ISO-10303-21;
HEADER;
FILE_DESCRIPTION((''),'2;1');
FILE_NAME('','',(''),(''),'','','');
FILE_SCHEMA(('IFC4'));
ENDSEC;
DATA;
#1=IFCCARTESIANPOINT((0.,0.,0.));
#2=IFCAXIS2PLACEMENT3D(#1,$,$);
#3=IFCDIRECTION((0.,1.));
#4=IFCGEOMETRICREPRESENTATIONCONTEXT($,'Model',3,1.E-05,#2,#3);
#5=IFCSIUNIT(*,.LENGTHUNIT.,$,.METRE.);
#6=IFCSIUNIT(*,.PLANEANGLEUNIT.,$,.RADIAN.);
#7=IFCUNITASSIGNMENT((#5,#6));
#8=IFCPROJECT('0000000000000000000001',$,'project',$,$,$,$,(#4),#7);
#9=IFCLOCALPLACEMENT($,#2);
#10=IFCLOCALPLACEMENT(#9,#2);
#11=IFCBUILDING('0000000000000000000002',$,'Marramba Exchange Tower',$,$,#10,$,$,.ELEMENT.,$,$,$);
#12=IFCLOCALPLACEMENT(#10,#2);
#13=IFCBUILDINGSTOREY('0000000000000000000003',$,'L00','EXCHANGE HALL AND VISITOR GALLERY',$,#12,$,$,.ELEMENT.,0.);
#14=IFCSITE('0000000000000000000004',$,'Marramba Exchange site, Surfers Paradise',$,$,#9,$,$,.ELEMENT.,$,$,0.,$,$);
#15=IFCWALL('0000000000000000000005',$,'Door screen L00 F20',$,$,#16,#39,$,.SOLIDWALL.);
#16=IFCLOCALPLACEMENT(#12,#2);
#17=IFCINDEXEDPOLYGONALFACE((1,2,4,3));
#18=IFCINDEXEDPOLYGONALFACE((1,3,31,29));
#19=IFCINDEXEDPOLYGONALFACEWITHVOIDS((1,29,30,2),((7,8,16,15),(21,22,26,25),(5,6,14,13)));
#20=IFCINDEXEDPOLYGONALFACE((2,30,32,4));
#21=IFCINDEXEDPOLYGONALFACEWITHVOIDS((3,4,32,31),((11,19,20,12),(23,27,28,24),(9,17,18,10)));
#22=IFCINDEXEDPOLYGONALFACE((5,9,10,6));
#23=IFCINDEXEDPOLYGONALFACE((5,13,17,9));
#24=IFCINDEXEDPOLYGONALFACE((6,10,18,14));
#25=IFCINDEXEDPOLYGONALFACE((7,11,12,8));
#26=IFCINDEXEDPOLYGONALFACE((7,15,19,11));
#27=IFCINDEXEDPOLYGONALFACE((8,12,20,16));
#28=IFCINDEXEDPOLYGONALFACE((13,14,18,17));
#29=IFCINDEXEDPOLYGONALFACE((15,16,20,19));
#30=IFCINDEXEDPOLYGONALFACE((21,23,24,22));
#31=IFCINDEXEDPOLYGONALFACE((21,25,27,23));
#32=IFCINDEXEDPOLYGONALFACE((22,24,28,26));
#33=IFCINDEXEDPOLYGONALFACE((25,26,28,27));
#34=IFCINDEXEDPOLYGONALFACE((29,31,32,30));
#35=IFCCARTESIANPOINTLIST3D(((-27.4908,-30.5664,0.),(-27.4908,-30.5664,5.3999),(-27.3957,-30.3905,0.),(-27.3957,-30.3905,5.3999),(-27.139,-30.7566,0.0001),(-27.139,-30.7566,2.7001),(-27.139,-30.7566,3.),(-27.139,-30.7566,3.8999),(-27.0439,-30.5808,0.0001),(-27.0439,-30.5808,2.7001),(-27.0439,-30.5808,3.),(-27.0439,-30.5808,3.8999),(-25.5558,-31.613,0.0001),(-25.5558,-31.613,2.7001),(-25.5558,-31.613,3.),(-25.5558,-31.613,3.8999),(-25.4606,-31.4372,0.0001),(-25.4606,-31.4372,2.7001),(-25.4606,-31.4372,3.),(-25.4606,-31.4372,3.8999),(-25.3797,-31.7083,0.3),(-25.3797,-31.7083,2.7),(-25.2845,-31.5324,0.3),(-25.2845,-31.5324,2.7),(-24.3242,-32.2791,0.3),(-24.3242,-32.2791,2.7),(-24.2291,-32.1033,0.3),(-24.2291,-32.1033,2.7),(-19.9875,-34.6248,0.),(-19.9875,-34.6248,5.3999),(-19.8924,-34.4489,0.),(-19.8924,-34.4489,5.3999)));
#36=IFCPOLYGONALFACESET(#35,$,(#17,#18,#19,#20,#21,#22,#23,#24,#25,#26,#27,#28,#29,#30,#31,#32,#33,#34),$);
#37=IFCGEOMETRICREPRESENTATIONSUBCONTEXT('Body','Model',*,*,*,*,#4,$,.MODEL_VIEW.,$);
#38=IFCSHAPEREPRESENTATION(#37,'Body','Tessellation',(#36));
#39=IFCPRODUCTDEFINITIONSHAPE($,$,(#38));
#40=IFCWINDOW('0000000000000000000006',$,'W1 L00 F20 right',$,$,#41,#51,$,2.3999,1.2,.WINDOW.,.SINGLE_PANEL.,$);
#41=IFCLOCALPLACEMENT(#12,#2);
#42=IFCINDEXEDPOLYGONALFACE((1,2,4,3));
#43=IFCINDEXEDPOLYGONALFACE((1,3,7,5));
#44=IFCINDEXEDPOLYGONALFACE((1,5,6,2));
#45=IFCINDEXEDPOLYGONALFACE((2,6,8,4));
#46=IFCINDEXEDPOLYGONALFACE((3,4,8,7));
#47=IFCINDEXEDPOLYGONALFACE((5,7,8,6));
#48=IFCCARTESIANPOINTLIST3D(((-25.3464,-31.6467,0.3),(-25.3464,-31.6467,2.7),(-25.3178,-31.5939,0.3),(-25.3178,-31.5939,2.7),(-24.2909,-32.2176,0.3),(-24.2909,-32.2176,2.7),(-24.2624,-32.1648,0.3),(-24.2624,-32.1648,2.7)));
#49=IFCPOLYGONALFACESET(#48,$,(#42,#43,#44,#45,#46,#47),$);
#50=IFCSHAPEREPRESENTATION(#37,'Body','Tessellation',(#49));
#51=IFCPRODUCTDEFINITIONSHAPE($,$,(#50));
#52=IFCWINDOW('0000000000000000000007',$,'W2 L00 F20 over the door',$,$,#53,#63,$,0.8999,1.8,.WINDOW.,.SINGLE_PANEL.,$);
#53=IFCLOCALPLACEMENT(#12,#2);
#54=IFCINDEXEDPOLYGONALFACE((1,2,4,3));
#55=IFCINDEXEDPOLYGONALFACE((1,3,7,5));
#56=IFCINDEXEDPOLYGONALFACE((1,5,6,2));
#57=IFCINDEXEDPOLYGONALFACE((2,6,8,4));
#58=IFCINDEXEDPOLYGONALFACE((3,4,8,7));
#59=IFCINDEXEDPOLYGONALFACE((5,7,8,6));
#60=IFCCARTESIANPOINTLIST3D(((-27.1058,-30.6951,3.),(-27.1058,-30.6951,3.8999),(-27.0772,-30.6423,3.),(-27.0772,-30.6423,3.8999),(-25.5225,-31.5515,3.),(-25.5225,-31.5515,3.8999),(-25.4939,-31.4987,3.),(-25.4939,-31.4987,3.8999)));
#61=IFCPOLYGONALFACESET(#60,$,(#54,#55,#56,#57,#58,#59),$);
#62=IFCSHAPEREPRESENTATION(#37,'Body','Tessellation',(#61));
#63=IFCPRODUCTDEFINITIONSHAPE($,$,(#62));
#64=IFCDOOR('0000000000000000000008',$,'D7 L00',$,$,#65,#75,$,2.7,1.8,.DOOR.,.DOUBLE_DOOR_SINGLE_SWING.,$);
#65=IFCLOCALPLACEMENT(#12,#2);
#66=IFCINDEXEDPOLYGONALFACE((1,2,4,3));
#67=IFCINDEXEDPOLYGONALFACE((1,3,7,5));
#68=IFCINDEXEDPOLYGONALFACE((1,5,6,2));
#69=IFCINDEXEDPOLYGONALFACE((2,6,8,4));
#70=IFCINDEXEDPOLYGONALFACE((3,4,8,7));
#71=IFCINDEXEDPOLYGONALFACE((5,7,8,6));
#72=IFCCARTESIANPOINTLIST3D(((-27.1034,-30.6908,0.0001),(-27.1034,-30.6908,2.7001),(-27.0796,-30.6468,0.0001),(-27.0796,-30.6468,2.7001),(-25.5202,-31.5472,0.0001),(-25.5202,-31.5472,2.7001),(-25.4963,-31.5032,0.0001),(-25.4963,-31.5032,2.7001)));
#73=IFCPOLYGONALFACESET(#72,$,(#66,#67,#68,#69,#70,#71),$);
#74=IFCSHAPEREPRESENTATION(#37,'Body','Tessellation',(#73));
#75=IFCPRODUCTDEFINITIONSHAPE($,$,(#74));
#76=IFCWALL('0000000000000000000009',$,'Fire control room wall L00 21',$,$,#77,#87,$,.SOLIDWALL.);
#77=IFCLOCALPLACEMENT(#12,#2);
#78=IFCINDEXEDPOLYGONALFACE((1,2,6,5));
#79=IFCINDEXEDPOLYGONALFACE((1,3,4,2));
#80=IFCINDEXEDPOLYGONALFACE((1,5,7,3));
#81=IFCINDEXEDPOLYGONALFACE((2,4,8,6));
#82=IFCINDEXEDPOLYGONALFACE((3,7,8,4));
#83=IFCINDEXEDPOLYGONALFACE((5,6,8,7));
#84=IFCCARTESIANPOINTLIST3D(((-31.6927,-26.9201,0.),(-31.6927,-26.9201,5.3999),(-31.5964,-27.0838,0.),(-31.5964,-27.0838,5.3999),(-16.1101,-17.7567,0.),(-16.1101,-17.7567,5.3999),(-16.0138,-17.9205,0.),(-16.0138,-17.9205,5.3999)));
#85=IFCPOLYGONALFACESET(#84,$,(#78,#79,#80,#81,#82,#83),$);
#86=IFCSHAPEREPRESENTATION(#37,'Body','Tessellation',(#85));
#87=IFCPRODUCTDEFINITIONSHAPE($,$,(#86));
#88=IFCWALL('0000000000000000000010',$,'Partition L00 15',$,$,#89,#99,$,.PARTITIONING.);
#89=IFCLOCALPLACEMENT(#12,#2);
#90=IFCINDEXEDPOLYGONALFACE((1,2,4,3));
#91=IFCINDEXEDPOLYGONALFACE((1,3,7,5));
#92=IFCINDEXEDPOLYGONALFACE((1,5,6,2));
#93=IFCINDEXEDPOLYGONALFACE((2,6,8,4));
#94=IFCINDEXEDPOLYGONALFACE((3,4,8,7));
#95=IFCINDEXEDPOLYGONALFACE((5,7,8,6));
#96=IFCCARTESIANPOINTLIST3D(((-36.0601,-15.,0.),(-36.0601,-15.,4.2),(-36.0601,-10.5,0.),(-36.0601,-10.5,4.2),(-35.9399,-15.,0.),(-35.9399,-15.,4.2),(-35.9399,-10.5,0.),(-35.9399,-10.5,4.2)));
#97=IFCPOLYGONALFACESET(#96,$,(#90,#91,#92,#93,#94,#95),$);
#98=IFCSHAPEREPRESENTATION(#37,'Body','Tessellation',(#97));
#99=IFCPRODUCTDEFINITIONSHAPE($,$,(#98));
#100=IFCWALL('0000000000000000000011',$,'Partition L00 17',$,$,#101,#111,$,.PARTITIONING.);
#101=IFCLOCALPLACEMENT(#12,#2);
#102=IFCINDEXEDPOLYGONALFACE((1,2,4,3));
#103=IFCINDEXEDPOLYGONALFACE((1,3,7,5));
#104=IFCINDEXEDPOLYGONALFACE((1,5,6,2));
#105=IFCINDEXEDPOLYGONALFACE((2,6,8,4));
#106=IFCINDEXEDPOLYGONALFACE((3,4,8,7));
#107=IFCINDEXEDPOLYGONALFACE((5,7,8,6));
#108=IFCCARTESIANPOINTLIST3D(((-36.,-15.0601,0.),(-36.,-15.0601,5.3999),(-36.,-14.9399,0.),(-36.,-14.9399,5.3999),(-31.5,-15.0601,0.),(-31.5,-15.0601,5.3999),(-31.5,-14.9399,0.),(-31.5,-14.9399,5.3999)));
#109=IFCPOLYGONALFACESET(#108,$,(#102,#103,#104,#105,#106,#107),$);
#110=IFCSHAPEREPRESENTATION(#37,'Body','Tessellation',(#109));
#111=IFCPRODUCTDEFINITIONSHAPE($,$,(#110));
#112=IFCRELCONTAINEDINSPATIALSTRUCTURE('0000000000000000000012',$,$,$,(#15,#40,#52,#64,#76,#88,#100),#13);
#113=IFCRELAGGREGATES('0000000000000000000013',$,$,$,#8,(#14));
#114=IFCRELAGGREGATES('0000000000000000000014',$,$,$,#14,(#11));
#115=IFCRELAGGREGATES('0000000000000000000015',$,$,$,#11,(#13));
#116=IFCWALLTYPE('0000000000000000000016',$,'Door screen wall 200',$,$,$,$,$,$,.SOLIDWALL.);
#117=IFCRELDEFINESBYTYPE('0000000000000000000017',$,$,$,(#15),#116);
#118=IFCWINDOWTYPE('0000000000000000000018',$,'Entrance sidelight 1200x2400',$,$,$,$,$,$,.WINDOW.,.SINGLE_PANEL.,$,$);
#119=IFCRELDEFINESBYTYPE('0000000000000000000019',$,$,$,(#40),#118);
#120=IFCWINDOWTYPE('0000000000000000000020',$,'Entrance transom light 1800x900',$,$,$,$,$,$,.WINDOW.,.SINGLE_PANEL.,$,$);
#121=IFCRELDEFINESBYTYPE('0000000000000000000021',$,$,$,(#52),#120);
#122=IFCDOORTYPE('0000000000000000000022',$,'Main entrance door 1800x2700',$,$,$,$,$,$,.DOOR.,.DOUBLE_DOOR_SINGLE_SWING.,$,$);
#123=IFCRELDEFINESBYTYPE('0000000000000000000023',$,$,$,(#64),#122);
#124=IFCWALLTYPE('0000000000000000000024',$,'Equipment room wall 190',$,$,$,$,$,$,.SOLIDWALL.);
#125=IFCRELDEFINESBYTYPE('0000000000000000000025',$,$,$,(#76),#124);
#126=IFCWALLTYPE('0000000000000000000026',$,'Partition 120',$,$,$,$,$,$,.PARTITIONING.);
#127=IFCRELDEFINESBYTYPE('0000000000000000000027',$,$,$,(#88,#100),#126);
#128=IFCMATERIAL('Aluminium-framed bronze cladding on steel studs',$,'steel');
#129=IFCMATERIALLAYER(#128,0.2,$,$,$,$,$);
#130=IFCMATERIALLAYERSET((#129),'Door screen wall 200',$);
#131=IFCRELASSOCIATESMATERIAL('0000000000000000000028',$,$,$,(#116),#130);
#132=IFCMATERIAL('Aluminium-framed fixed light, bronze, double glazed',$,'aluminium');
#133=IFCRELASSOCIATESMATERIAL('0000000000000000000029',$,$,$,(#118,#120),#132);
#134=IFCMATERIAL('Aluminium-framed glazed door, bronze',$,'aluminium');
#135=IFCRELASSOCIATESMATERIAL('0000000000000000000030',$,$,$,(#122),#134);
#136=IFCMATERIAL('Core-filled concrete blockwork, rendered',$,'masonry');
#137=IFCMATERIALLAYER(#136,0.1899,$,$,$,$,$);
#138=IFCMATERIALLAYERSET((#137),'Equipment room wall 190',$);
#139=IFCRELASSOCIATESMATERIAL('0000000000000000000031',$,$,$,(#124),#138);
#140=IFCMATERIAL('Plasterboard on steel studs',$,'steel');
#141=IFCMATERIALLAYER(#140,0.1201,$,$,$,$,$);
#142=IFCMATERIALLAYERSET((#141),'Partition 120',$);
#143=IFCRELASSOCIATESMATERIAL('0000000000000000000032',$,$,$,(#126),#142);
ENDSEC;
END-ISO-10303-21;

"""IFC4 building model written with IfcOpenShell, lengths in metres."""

from ifc_helpers import new_model, si_unit, direction, frame, frame_2d, origin, place, context, subcontext, project, spatial, rectangle, extrude, material, layer, layer_set, type_object, element, fill, save


model = new_model("IFC4")

# Units and contexts
model_context = context("Model", 3, precision=1e-05, world=origin(), true_north=direction((0.0, 1.0)))
body_context = subcontext(model_context, "Body", "Model", "MODEL_VIEW")
ifc_project = project(units=[si_unit("LENGTHUNIT", "METRE"), si_unit("PLANEANGLEUNIT", "RADIAN")], contexts=[model_context])

# Site, building, storey
site_placement = place(None, origin())
site = spatial("IfcSite", under=ifc_project, at=site_placement, Name="Marramba Exchange site, Surfers Paradise", CompositionType="ELEMENT", RefElevation=0.0)
building_placement = place(site_placement, origin())
building = spatial("IfcBuilding", under=site, at=building_placement, Name="Marramba Exchange Tower", CompositionType="ELEMENT")
storey_placement = place(building_placement, origin())
storey = spatial("IfcBuildingStorey", under=building, at=storey_placement, Name="L00", Description="EXCHANGE HALL AND VISITOR GALLERY", CompositionType="ELEMENT", Elevation=0.0)

# Shared definitions
ifc_material_1 = material(Name="Aluminium-framed bronze cladding on steel studs", Category="steel")
ifc_layer_1 = layer(ifc_material_1, 0.2)
ifc_layer_set_1 = layer_set([ifc_layer_1], Name="Door screen wall 200")
wall_type_1 = type_object("IfcWallType", Name="Door screen wall 200", PredefinedType="SOLIDWALL", material=ifc_layer_set_1)
ifc_material_2 = material(Name="Aluminium-framed fixed light, bronze, double glazed", Category="aluminium")
window_type_1 = type_object("IfcWindowType", Name="Entrance sidelight 1200x2400", PartitioningType="SINGLE_PANEL", PredefinedType="WINDOW", material=ifc_material_2)
window_type_2 = type_object("IfcWindowType", Name="Entrance transom light 1800x900", PartitioningType="SINGLE_PANEL", PredefinedType="WINDOW", material=ifc_material_2)
ifc_material_3 = material(Name="Aluminium-framed glazed door, bronze", Category="aluminium")
door_type_1 = type_object("IfcDoorType", Name="Main entrance door 1800x2700", OperationType="DOUBLE_DOOR_SINGLE_SWING", PredefinedType="DOOR", material=ifc_material_3)

# Wall, openings, windows, door
wall_1_placement = place(storey_placement, frame((-27.4431, -30.4785, 0.0), z_axis=(0.0, 0.0, 1.0), x_axis=(0.87958, -0.475751, 0.0)))
wall_1 = element("IfcWall", 1, at=wall_1_placement, inside=storey, type_object=wall_type_1, Name="Door screen L00 F20", PredefinedType="SOLIDWALL", context=body_context, shape_type="SweptSolid", body=[
    extrude(rectangle(XDim=8.5305, YDim=0.2, at=frame_2d((4.2651, 0.0))), origin(), (0.0, 0.0, 1.0), 5.3999),
])
opening_1_placement = place(wall_1_placement, frame((0.3999, 0.0, 0.0)))
opening_1 = element("IfcOpeningElement", 2, at=opening_1_placement, cuts=wall_1, PredefinedType="OPENING", context=body_context, shape_type="SweptSolid", body=[
    extrude(rectangle(XDim=1.8, YDim=2.7, at=frame_2d((0.8999, 1.3501))), frame((0.0, 0.1099, 0.0), z_axis=(0.0, -1.0, 0.0), x_axis=(1.0, 0.0, 0.0)), (0.0, 0.0, 1.0), 0.22),
])
opening_2_placement = place(wall_1_placement, frame((2.3999, 0.0, 0.3)))
opening_2 = element("IfcOpeningElement", 3, at=opening_2_placement, cuts=wall_1, PredefinedType="OPENING", context=body_context, shape_type="SweptSolid", body=[
    extrude(rectangle(XDim=1.2, YDim=2.3999, at=frame_2d((0.6001, 1.2))), frame((0.0, 0.1099, 0.0), z_axis=(0.0, -1.0, 0.0), x_axis=(1.0, 0.0, 0.0)), (0.0, 0.0, 1.0), 0.22),
])
opening_3_placement = place(wall_1_placement, frame((0.3999, 0.0, 3.0)))
opening_3 = element("IfcOpeningElement", 4, at=opening_3_placement, cuts=wall_1, PredefinedType="OPENING", context=body_context, shape_type="SweptSolid", body=[
    extrude(rectangle(XDim=1.8, YDim=0.8999, at=frame_2d((0.8999, 0.45))), frame((0.0, 0.1099, 0.0), z_axis=(0.0, -1.0, 0.0), x_axis=(1.0, 0.0, 0.0)), (0.0, 0.0, 1.0), 0.22),
])
window_1_placement = place(opening_2_placement, origin())
window_1 = element("IfcWindow", 5, at=window_1_placement, inside=storey, type_object=window_type_1, Name="W1 L00 F20 right", OverallHeight=2.3999, OverallWidth=1.2, PartitioningType="SINGLE_PANEL", PredefinedType="WINDOW", context=body_context, shape_type="SweptSolid", body=[
    extrude(rectangle(XDim=1.2, YDim=2.3999, at=frame_2d((0.6001, 1.2))), frame((0.0, 0.03, 0.0), z_axis=(0.0, -1.0, 0.0), x_axis=(1.0, 0.0, 0.0)), (0.0, 0.0, 1.0), 0.0601),
])
fill(opening_2, window_1)
window_2_placement = place(opening_3_placement, origin())
window_2 = element("IfcWindow", 6, at=window_2_placement, inside=storey, type_object=window_type_2, Name="W2 L00 F20 over the door", OverallHeight=0.8999, OverallWidth=1.8, PartitioningType="SINGLE_PANEL", PredefinedType="WINDOW", context=body_context, shape_type="SweptSolid", body=[
    extrude(rectangle(XDim=1.8, YDim=0.8999, at=frame_2d((0.8999, 0.45))), frame((0.0, 0.03, 0.0), z_axis=(0.0, -1.0, 0.0), x_axis=(1.0, 0.0, 0.0)), (0.0, 0.0, 1.0), 0.0601),
])
fill(opening_3, window_2)
door_1_placement = place(opening_1_placement, frame((1.8, 0.0, 0.0), z_axis=(0.0, 0.0, 1.0), x_axis=(-1.0, 0.0, 0.0)))
door_1 = element("IfcDoor", 7, at=door_1_placement, inside=storey, type_object=door_type_1, Name="D7 L00", OperationType="DOUBLE_DOOR_SINGLE_SWING", OverallHeight=2.7, OverallWidth=1.8, PredefinedType="DOOR", context=body_context, shape_type="SweptSolid", body=[
    extrude(rectangle(XDim=1.8, YDim=2.7, at=frame_2d((0.9001, 1.3501))), frame((0.0, 0.0251, 0.0), z_axis=(0.0, -1.0, 0.0), x_axis=(1.0, 0.0, 0.0)), (0.0, 0.0, 1.0), 0.05),
])
fill(opening_1, door_1)

# Walls
ifc_material_4 = material(Name="Core-filled concrete blockwork, rendered", Category="masonry")
ifc_layer_2 = layer(ifc_material_4, 0.1899)
ifc_layer_set_2 = layer_set([ifc_layer_2], Name="Equipment room wall 190")
wall_type_2 = type_object("IfcWallType", Name="Equipment room wall 190", PredefinedType="SOLIDWALL", material=ifc_layer_set_2)
wall_2_placement = place(storey_placement, frame((-31.6445, -27.002, 0.0), z_axis=(0.0, 0.0, 1.0), x_axis=(0.862003, 0.506903, 0.0)))
element("IfcWall", 8, at=wall_2_placement, inside=storey, type_object=wall_type_2, Name="Fire control room wall L00 21", PredefinedType="SOLIDWALL", context=body_context, shape_type="SweptSolid", body=[
    extrude(rectangle(XDim=18.0771, YDim=0.1899, at=frame_2d((9.0386, 0.0))), origin(), (0.0, 0.0, 1.0), 5.3999),
])
ifc_material_5 = material(Name="Plasterboard on steel studs", Category="steel")
ifc_layer_3 = layer(ifc_material_5, 0.1201)
ifc_layer_set_3 = layer_set([ifc_layer_3], Name="Partition 120")
wall_type_3 = type_object("IfcWallType", Name="Partition 120", PredefinedType="PARTITIONING", material=ifc_layer_set_3)
wall_3_placement = place(storey_placement, frame((-36.0, -15.0, 0.0), z_axis=(0.0, 0.0, 1.0), x_axis=(0.0, 1.0, 0.0)))
element("IfcWall", 9, at=wall_3_placement, inside=storey, type_object=wall_type_3, Name="Partition L00 15", PredefinedType="PARTITIONING", context=body_context, shape_type="SweptSolid", body=[
    extrude(rectangle(XDim=4.5, YDim=0.1201, at=frame_2d((2.25, 0.0))), origin(), (0.0, 0.0, 1.0), 4.2),
])
wall_4_placement = place(storey_placement, frame((-31.5, -15.0, 0.0), z_axis=(0.0, 0.0, 1.0), x_axis=(-1.0, 0.0, 0.0)))
element("IfcWall", 10, at=wall_4_placement, inside=storey, type_object=wall_type_3, Name="Partition L00 17", PredefinedType="PARTITIONING", context=body_context, shape_type="SweptSolid", body=[
    extrude(rectangle(XDim=4.5, YDim=0.1201, at=frame_2d((2.25, 0.0))), origin(), (0.0, 0.0, 1.0), 5.3999),
])

save(model, "model.ifc")
